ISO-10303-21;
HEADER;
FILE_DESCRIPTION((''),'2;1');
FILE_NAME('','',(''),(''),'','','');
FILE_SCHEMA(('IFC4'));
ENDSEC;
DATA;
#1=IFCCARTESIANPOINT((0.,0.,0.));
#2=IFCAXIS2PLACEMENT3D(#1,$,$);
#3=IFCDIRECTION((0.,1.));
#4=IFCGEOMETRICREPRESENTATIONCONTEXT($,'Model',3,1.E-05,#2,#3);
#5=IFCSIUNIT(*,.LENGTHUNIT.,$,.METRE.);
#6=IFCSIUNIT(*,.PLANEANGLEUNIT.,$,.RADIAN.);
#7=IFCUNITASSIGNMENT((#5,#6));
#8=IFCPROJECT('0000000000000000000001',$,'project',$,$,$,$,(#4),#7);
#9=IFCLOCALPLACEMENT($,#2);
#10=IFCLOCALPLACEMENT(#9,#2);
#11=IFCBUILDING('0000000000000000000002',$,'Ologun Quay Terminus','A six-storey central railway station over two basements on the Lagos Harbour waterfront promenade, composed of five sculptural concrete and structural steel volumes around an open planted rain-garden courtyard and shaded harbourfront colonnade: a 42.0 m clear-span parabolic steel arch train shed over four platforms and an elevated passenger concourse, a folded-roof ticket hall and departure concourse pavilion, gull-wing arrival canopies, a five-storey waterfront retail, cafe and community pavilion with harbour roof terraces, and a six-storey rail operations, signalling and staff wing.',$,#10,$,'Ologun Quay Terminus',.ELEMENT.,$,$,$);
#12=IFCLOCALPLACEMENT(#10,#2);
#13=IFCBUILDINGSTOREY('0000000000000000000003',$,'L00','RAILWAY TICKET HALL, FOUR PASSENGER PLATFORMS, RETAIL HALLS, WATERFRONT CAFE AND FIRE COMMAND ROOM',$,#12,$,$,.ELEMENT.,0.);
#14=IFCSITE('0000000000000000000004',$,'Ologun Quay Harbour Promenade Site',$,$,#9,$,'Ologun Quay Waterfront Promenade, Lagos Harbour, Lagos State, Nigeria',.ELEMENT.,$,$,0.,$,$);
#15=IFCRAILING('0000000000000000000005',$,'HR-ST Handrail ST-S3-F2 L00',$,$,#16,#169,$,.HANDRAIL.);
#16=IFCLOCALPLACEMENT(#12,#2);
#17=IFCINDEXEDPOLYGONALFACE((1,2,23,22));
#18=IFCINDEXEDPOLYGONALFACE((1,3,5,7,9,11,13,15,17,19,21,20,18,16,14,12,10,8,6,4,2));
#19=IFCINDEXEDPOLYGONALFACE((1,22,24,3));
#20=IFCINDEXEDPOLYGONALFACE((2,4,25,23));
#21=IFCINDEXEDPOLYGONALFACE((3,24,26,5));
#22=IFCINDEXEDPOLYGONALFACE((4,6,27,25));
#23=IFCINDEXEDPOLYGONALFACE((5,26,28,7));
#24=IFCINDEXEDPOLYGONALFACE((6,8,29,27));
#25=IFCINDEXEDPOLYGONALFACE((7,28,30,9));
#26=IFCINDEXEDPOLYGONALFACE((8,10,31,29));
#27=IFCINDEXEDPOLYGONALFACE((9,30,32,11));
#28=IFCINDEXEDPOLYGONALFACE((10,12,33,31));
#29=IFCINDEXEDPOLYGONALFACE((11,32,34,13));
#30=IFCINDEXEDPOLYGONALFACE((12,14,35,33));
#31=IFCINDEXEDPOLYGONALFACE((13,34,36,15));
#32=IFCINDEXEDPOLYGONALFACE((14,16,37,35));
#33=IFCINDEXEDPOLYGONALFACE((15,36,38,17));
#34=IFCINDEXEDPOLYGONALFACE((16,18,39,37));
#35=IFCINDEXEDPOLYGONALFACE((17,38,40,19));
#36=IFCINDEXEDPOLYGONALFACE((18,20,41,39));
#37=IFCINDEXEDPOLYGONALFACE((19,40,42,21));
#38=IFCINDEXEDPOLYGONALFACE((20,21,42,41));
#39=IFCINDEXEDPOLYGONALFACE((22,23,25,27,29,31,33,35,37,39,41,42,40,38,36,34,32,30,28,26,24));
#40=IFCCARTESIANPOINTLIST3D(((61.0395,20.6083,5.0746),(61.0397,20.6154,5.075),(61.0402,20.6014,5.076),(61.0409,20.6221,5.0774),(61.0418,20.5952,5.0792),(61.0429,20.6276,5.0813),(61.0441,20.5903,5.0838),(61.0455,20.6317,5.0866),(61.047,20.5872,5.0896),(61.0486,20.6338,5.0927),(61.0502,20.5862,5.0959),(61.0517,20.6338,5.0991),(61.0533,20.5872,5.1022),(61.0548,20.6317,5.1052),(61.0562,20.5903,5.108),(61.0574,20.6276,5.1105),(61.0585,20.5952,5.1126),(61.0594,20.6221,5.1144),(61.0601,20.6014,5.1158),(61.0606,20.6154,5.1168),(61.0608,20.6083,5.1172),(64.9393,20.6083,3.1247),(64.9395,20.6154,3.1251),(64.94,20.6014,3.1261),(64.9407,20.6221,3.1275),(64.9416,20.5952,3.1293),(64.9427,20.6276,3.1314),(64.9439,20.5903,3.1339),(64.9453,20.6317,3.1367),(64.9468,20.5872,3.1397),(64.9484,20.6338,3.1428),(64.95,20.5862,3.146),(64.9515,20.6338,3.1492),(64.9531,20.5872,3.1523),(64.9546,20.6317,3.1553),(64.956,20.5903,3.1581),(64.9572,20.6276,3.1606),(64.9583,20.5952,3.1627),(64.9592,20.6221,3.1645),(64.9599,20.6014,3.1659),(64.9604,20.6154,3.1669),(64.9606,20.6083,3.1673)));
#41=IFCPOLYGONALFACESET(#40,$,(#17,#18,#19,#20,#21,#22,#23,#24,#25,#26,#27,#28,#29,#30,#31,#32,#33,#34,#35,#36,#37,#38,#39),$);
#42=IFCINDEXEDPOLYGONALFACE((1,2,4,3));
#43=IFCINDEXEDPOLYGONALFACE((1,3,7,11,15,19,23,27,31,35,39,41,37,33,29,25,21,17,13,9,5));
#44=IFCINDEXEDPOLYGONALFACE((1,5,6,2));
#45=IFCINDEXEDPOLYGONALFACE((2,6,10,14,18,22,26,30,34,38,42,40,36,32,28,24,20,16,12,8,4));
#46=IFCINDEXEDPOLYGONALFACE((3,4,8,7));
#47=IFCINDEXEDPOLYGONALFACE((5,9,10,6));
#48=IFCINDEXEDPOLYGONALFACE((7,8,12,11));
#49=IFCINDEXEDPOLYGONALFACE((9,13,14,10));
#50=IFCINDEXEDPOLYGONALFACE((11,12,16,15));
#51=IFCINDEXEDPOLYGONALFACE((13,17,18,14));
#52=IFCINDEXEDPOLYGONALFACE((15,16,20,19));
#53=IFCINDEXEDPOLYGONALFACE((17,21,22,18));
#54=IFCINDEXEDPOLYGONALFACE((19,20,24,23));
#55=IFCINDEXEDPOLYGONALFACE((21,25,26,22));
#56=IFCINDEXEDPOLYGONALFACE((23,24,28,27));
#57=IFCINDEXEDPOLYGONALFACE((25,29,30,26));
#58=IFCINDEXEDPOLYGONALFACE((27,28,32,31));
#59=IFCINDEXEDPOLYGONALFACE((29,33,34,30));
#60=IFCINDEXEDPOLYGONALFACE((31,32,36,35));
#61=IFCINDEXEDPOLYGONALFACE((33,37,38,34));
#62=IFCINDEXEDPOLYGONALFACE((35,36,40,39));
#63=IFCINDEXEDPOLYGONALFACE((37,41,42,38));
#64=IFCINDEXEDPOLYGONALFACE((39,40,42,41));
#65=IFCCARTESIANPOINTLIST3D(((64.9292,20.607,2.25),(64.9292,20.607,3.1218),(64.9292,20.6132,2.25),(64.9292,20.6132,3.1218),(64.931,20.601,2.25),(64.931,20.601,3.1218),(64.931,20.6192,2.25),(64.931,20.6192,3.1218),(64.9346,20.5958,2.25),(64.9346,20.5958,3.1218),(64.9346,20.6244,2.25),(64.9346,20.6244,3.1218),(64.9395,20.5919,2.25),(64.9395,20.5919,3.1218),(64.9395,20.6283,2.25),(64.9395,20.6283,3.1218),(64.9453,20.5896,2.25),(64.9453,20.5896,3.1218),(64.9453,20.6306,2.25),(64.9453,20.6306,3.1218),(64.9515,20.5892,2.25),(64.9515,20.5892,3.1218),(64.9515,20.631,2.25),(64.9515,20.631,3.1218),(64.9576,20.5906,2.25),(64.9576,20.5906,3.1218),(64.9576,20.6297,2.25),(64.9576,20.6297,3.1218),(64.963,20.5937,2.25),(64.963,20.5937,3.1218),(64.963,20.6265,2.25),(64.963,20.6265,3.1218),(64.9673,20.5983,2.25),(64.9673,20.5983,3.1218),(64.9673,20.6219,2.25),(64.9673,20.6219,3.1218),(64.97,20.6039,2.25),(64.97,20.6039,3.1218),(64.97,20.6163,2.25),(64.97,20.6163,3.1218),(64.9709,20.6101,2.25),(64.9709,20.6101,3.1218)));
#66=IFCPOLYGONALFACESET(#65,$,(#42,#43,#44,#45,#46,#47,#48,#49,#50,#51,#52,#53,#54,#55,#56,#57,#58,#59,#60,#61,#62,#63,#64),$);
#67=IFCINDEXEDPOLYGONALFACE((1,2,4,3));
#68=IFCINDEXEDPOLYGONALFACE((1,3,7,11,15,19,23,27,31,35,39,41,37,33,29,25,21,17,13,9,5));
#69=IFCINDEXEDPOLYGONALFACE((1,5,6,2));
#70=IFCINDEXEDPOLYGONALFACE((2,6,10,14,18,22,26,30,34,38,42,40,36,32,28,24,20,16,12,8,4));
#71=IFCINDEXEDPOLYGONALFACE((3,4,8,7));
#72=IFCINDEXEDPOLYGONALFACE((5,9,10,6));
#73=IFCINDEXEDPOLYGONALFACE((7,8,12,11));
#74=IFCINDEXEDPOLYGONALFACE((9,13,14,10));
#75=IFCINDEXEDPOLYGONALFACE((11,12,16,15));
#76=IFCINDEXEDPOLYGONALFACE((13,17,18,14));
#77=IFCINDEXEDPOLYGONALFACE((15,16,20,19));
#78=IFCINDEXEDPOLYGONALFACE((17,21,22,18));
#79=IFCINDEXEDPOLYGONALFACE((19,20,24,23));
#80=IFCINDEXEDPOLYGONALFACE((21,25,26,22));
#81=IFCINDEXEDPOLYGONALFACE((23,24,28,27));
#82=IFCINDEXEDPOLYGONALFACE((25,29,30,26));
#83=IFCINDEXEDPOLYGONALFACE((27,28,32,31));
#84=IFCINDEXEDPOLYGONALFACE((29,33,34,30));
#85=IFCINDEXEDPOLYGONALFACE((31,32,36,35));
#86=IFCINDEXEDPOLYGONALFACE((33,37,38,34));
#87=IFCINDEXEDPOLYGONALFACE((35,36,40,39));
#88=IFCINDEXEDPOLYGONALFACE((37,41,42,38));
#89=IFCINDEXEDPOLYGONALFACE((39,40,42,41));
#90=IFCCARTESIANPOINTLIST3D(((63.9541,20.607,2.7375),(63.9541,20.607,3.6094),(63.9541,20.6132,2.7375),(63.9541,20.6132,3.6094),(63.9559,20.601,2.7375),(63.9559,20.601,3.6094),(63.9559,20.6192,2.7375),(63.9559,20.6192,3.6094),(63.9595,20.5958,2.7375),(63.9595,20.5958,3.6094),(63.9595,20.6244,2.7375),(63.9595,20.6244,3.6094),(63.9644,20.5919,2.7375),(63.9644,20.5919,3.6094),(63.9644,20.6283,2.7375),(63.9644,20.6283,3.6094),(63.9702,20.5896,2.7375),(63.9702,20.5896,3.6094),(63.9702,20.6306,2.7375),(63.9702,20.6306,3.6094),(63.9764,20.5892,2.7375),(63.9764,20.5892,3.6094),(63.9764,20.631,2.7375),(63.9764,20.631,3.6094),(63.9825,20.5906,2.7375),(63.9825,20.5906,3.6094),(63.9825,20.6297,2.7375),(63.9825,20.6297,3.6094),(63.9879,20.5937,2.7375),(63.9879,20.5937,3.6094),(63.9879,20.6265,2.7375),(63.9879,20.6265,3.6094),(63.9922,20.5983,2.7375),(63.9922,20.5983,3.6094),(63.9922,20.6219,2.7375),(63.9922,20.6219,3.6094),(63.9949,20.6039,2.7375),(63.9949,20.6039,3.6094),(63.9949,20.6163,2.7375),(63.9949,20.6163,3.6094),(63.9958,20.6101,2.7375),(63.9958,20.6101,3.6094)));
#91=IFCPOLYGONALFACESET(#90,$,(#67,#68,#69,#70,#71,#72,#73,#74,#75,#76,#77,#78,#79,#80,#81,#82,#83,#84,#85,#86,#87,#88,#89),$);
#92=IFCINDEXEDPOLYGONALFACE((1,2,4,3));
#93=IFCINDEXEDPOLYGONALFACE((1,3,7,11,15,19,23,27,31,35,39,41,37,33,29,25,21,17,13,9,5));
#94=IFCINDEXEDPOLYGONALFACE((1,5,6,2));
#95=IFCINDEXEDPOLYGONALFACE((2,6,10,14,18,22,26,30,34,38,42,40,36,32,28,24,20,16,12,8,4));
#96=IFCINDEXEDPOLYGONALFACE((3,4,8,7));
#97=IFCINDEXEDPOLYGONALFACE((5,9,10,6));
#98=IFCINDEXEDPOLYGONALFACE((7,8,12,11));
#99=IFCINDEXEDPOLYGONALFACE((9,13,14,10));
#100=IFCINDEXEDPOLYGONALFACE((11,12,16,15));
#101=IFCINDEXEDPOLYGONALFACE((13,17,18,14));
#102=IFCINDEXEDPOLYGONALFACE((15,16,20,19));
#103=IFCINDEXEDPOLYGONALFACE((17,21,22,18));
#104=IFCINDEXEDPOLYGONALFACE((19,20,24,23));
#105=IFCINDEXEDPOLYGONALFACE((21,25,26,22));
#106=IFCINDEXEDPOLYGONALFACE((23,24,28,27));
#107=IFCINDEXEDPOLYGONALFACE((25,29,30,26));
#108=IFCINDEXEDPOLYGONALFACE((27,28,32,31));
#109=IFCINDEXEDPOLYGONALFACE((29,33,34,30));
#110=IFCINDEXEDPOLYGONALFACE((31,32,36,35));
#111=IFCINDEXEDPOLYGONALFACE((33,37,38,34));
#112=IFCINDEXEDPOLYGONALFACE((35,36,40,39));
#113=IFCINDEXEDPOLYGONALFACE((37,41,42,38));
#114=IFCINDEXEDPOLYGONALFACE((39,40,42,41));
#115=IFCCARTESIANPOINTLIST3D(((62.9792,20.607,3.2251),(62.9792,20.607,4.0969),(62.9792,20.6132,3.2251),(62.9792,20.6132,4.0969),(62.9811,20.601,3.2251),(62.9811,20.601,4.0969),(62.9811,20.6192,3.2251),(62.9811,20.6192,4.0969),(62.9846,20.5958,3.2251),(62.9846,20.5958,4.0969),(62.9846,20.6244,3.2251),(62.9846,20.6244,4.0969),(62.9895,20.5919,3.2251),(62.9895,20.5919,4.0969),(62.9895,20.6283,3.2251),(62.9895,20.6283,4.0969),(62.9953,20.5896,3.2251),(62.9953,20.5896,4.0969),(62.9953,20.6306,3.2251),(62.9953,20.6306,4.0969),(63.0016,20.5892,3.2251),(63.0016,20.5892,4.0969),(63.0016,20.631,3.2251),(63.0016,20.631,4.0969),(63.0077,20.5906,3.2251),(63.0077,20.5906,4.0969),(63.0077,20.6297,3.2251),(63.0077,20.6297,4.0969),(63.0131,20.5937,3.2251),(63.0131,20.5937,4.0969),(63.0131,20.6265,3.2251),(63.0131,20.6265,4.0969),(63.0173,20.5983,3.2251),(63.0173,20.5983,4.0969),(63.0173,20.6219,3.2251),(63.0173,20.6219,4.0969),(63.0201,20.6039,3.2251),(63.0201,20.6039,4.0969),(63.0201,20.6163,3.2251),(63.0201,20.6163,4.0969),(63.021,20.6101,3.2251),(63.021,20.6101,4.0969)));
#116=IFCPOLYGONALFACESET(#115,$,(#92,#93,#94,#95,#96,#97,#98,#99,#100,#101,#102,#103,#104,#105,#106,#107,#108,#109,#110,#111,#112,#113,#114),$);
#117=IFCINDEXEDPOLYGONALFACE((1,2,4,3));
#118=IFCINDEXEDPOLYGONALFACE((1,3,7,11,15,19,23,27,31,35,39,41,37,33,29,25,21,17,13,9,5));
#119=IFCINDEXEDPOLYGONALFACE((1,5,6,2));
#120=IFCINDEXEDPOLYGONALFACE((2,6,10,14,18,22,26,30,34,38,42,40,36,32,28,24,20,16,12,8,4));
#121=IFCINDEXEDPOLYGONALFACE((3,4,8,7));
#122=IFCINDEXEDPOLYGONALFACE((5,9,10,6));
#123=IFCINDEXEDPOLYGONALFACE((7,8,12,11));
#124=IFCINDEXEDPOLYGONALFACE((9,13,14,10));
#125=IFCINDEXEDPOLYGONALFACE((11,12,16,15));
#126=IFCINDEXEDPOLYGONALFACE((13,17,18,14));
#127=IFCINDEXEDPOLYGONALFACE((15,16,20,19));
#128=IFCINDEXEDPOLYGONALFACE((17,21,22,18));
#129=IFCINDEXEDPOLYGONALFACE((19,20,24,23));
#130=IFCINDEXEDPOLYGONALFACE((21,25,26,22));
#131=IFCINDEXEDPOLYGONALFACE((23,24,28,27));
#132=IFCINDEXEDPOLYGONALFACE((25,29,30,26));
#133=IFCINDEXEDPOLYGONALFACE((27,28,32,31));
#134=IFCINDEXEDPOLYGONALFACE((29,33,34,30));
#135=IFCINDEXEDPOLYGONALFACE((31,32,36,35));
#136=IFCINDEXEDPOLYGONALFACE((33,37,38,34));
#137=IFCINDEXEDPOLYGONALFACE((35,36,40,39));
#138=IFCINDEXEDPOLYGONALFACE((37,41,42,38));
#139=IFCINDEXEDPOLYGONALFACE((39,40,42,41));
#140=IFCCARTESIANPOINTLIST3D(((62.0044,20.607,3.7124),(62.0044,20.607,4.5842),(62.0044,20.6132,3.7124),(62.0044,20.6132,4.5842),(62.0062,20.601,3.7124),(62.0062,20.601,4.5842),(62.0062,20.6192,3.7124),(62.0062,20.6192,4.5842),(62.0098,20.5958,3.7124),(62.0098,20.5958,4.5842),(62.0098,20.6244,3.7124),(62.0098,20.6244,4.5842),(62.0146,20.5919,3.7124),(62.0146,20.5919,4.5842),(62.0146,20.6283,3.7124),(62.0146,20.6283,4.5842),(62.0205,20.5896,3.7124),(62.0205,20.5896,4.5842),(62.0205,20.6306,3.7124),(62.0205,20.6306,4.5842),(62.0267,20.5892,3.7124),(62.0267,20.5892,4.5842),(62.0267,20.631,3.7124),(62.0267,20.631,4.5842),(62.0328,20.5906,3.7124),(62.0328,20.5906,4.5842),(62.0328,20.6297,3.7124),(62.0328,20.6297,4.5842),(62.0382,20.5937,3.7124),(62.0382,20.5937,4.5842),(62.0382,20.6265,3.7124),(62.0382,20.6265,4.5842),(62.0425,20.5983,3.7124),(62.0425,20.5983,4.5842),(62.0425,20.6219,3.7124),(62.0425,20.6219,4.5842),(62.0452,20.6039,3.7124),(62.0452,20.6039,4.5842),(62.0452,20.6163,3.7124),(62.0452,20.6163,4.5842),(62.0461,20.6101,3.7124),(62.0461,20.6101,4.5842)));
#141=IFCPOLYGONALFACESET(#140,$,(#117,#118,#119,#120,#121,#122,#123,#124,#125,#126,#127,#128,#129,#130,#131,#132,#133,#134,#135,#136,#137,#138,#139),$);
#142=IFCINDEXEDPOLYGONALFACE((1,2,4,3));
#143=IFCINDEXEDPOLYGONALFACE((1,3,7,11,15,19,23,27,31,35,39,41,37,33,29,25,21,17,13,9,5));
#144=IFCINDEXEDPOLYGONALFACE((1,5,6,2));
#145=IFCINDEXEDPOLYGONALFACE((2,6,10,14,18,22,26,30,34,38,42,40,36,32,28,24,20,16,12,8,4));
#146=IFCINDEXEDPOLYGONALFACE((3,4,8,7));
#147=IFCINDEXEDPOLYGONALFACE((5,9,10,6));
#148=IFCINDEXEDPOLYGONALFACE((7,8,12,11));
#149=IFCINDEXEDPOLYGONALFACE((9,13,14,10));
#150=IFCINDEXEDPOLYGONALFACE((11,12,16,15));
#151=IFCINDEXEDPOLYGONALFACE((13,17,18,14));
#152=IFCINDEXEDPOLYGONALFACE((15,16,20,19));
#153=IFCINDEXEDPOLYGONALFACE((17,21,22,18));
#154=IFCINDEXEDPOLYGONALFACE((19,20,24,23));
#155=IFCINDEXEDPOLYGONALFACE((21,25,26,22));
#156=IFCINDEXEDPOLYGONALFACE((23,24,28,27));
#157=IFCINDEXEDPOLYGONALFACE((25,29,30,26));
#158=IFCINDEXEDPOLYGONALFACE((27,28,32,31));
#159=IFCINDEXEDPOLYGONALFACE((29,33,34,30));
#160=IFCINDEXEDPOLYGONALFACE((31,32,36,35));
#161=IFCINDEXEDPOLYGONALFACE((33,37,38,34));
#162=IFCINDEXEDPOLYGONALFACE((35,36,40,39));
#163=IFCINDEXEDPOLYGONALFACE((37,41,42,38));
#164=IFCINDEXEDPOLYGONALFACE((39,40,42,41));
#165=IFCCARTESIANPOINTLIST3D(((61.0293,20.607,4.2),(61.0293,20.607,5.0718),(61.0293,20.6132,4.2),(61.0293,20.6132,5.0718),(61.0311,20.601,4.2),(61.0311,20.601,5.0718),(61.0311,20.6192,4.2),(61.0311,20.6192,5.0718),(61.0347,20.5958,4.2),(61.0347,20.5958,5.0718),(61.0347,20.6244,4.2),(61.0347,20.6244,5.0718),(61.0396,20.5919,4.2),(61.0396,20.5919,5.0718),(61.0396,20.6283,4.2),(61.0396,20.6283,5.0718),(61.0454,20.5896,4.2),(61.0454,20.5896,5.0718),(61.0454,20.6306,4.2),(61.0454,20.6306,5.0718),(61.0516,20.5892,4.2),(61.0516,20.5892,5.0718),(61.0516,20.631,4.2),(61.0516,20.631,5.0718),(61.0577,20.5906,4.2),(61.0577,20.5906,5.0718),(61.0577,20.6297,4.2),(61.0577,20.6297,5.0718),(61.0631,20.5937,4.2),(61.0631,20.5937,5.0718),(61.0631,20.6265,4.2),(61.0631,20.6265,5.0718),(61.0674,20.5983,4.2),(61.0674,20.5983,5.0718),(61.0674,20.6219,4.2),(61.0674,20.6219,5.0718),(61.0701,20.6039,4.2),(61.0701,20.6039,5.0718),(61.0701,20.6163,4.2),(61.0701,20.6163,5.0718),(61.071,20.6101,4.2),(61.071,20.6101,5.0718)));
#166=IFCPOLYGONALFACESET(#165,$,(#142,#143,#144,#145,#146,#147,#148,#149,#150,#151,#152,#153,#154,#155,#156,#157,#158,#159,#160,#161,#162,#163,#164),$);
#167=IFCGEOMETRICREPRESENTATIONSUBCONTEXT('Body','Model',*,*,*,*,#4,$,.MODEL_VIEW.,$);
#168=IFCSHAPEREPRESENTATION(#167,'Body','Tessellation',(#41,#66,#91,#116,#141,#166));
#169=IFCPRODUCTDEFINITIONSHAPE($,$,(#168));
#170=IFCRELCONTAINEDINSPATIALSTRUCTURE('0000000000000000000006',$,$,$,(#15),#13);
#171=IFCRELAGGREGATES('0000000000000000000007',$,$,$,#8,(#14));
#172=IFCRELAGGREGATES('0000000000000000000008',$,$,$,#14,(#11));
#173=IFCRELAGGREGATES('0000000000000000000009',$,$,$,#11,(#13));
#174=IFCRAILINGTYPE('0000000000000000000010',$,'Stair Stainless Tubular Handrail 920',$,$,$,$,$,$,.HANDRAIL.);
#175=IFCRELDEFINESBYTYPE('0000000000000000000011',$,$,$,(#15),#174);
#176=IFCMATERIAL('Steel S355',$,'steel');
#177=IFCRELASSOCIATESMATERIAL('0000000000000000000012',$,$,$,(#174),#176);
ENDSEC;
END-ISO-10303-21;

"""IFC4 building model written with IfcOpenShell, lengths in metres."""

from ifc_helpers import new_model, si_unit, direction, frame, origin, origin_2d, place, context, subcontext, project, spatial, circle, extrude, material, type_object, element, save


model = new_model("IFC4")

# Units and contexts
model_context = context("Model", 3, precision=1e-05, world=origin(), true_north=direction((0.0, 1.0)))
body_context = subcontext(model_context, "Body", "Model", "MODEL_VIEW")
ifc_project = project(units=[si_unit("LENGTHUNIT", "METRE"), si_unit("PLANEANGLEUNIT", "RADIAN")], contexts=[model_context])

# Site, building, storey
site_placement = place(None, origin())
site = spatial("IfcSite", under=ifc_project, at=site_placement, Name="Ologun Quay Harbour Promenade Site", LongName="Ologun Quay Waterfront Promenade, Lagos Harbour, Lagos State, Nigeria", CompositionType="ELEMENT", RefElevation=0.0)
building_placement = place(site_placement, origin())
building = spatial("IfcBuilding", under=site, at=building_placement, Name="Ologun Quay Terminus", Description="A six-storey central railway station over two basements on the Lagos Harbour waterfront promenade, composed of five sculptural concrete and structural steel volumes around an open planted rain-garden courtyard and shaded harbourfront colonnade: a 42.0 m clear-span parabolic steel arch train shed over four platforms and an elevated passenger concourse, a folded-roof ticket hall and departure concourse pavilion, gull-wing arrival canopies, a five-storey waterfront retail, cafe and community pavilion with harbour roof terraces, and a six-storey rail operations, signalling and staff wing.", LongName="Ologun Quay Terminus", CompositionType="ELEMENT")
storey_placement = place(building_placement, origin())
storey = spatial("IfcBuildingStorey", under=building, at=storey_placement, Name="L00", Description="RAILWAY TICKET HALL, FOUR PASSENGER PLATFORMS, RETAIL HALLS, WATERFRONT CAFE AND FIRE COMMAND ROOM", CompositionType="ELEMENT", Elevation=0.0)

# Railing
ifc_material_1 = material(Name="Steel S355", Category="steel")
railing_type = type_object("IfcRailingType", Name="Stair Stainless Tubular Handrail 920", PredefinedType="HANDRAIL", material=ifc_material_1)
railing_placement = place(storey_placement, frame((64.95, 20.6101, 2.25)))
element("IfcRailing", 1, at=railing_placement, inside=storey, type_object=railing_type, Name="HR-ST Handrail ST-S3-F2 L00", PredefinedType="HANDRAIL", context=body_context, shape_type="SweptSolid", body=[
    extrude(circle(Radius=0.0239, at=origin_2d()), frame((0.0, 0.0, 0.896), z_axis=(-0.894427, 0.0, 0.447214), x_axis=(0.0, -1.0, 0.0)), (0.0, 0.0, 1.0), 4.3601),
    extrude(circle(Radius=0.021, at=origin_2d()), origin(), (0.0, 0.0, 1.0), 0.8718),
    extrude(circle(Radius=0.021, at=origin_2d()), frame((-0.9751, 0.0, 0.4875)), (0.0, 0.0, 1.0), 0.8718),
    extrude(circle(Radius=0.021, at=origin_2d()), frame((-1.95, 0.0, 0.9751)), (0.0, 0.0, 1.0), 0.8718),
    extrude(circle(Radius=0.021, at=origin_2d()), frame((-2.9248, 0.0, 1.4624)), (0.0, 0.0, 1.0), 0.8718),
    extrude(circle(Radius=0.021, at=origin_2d()), frame((-3.8999, 0.0, 1.95)), (0.0, 0.0, 1.0), 0.8718),
])

save(model, "model.ifc")
